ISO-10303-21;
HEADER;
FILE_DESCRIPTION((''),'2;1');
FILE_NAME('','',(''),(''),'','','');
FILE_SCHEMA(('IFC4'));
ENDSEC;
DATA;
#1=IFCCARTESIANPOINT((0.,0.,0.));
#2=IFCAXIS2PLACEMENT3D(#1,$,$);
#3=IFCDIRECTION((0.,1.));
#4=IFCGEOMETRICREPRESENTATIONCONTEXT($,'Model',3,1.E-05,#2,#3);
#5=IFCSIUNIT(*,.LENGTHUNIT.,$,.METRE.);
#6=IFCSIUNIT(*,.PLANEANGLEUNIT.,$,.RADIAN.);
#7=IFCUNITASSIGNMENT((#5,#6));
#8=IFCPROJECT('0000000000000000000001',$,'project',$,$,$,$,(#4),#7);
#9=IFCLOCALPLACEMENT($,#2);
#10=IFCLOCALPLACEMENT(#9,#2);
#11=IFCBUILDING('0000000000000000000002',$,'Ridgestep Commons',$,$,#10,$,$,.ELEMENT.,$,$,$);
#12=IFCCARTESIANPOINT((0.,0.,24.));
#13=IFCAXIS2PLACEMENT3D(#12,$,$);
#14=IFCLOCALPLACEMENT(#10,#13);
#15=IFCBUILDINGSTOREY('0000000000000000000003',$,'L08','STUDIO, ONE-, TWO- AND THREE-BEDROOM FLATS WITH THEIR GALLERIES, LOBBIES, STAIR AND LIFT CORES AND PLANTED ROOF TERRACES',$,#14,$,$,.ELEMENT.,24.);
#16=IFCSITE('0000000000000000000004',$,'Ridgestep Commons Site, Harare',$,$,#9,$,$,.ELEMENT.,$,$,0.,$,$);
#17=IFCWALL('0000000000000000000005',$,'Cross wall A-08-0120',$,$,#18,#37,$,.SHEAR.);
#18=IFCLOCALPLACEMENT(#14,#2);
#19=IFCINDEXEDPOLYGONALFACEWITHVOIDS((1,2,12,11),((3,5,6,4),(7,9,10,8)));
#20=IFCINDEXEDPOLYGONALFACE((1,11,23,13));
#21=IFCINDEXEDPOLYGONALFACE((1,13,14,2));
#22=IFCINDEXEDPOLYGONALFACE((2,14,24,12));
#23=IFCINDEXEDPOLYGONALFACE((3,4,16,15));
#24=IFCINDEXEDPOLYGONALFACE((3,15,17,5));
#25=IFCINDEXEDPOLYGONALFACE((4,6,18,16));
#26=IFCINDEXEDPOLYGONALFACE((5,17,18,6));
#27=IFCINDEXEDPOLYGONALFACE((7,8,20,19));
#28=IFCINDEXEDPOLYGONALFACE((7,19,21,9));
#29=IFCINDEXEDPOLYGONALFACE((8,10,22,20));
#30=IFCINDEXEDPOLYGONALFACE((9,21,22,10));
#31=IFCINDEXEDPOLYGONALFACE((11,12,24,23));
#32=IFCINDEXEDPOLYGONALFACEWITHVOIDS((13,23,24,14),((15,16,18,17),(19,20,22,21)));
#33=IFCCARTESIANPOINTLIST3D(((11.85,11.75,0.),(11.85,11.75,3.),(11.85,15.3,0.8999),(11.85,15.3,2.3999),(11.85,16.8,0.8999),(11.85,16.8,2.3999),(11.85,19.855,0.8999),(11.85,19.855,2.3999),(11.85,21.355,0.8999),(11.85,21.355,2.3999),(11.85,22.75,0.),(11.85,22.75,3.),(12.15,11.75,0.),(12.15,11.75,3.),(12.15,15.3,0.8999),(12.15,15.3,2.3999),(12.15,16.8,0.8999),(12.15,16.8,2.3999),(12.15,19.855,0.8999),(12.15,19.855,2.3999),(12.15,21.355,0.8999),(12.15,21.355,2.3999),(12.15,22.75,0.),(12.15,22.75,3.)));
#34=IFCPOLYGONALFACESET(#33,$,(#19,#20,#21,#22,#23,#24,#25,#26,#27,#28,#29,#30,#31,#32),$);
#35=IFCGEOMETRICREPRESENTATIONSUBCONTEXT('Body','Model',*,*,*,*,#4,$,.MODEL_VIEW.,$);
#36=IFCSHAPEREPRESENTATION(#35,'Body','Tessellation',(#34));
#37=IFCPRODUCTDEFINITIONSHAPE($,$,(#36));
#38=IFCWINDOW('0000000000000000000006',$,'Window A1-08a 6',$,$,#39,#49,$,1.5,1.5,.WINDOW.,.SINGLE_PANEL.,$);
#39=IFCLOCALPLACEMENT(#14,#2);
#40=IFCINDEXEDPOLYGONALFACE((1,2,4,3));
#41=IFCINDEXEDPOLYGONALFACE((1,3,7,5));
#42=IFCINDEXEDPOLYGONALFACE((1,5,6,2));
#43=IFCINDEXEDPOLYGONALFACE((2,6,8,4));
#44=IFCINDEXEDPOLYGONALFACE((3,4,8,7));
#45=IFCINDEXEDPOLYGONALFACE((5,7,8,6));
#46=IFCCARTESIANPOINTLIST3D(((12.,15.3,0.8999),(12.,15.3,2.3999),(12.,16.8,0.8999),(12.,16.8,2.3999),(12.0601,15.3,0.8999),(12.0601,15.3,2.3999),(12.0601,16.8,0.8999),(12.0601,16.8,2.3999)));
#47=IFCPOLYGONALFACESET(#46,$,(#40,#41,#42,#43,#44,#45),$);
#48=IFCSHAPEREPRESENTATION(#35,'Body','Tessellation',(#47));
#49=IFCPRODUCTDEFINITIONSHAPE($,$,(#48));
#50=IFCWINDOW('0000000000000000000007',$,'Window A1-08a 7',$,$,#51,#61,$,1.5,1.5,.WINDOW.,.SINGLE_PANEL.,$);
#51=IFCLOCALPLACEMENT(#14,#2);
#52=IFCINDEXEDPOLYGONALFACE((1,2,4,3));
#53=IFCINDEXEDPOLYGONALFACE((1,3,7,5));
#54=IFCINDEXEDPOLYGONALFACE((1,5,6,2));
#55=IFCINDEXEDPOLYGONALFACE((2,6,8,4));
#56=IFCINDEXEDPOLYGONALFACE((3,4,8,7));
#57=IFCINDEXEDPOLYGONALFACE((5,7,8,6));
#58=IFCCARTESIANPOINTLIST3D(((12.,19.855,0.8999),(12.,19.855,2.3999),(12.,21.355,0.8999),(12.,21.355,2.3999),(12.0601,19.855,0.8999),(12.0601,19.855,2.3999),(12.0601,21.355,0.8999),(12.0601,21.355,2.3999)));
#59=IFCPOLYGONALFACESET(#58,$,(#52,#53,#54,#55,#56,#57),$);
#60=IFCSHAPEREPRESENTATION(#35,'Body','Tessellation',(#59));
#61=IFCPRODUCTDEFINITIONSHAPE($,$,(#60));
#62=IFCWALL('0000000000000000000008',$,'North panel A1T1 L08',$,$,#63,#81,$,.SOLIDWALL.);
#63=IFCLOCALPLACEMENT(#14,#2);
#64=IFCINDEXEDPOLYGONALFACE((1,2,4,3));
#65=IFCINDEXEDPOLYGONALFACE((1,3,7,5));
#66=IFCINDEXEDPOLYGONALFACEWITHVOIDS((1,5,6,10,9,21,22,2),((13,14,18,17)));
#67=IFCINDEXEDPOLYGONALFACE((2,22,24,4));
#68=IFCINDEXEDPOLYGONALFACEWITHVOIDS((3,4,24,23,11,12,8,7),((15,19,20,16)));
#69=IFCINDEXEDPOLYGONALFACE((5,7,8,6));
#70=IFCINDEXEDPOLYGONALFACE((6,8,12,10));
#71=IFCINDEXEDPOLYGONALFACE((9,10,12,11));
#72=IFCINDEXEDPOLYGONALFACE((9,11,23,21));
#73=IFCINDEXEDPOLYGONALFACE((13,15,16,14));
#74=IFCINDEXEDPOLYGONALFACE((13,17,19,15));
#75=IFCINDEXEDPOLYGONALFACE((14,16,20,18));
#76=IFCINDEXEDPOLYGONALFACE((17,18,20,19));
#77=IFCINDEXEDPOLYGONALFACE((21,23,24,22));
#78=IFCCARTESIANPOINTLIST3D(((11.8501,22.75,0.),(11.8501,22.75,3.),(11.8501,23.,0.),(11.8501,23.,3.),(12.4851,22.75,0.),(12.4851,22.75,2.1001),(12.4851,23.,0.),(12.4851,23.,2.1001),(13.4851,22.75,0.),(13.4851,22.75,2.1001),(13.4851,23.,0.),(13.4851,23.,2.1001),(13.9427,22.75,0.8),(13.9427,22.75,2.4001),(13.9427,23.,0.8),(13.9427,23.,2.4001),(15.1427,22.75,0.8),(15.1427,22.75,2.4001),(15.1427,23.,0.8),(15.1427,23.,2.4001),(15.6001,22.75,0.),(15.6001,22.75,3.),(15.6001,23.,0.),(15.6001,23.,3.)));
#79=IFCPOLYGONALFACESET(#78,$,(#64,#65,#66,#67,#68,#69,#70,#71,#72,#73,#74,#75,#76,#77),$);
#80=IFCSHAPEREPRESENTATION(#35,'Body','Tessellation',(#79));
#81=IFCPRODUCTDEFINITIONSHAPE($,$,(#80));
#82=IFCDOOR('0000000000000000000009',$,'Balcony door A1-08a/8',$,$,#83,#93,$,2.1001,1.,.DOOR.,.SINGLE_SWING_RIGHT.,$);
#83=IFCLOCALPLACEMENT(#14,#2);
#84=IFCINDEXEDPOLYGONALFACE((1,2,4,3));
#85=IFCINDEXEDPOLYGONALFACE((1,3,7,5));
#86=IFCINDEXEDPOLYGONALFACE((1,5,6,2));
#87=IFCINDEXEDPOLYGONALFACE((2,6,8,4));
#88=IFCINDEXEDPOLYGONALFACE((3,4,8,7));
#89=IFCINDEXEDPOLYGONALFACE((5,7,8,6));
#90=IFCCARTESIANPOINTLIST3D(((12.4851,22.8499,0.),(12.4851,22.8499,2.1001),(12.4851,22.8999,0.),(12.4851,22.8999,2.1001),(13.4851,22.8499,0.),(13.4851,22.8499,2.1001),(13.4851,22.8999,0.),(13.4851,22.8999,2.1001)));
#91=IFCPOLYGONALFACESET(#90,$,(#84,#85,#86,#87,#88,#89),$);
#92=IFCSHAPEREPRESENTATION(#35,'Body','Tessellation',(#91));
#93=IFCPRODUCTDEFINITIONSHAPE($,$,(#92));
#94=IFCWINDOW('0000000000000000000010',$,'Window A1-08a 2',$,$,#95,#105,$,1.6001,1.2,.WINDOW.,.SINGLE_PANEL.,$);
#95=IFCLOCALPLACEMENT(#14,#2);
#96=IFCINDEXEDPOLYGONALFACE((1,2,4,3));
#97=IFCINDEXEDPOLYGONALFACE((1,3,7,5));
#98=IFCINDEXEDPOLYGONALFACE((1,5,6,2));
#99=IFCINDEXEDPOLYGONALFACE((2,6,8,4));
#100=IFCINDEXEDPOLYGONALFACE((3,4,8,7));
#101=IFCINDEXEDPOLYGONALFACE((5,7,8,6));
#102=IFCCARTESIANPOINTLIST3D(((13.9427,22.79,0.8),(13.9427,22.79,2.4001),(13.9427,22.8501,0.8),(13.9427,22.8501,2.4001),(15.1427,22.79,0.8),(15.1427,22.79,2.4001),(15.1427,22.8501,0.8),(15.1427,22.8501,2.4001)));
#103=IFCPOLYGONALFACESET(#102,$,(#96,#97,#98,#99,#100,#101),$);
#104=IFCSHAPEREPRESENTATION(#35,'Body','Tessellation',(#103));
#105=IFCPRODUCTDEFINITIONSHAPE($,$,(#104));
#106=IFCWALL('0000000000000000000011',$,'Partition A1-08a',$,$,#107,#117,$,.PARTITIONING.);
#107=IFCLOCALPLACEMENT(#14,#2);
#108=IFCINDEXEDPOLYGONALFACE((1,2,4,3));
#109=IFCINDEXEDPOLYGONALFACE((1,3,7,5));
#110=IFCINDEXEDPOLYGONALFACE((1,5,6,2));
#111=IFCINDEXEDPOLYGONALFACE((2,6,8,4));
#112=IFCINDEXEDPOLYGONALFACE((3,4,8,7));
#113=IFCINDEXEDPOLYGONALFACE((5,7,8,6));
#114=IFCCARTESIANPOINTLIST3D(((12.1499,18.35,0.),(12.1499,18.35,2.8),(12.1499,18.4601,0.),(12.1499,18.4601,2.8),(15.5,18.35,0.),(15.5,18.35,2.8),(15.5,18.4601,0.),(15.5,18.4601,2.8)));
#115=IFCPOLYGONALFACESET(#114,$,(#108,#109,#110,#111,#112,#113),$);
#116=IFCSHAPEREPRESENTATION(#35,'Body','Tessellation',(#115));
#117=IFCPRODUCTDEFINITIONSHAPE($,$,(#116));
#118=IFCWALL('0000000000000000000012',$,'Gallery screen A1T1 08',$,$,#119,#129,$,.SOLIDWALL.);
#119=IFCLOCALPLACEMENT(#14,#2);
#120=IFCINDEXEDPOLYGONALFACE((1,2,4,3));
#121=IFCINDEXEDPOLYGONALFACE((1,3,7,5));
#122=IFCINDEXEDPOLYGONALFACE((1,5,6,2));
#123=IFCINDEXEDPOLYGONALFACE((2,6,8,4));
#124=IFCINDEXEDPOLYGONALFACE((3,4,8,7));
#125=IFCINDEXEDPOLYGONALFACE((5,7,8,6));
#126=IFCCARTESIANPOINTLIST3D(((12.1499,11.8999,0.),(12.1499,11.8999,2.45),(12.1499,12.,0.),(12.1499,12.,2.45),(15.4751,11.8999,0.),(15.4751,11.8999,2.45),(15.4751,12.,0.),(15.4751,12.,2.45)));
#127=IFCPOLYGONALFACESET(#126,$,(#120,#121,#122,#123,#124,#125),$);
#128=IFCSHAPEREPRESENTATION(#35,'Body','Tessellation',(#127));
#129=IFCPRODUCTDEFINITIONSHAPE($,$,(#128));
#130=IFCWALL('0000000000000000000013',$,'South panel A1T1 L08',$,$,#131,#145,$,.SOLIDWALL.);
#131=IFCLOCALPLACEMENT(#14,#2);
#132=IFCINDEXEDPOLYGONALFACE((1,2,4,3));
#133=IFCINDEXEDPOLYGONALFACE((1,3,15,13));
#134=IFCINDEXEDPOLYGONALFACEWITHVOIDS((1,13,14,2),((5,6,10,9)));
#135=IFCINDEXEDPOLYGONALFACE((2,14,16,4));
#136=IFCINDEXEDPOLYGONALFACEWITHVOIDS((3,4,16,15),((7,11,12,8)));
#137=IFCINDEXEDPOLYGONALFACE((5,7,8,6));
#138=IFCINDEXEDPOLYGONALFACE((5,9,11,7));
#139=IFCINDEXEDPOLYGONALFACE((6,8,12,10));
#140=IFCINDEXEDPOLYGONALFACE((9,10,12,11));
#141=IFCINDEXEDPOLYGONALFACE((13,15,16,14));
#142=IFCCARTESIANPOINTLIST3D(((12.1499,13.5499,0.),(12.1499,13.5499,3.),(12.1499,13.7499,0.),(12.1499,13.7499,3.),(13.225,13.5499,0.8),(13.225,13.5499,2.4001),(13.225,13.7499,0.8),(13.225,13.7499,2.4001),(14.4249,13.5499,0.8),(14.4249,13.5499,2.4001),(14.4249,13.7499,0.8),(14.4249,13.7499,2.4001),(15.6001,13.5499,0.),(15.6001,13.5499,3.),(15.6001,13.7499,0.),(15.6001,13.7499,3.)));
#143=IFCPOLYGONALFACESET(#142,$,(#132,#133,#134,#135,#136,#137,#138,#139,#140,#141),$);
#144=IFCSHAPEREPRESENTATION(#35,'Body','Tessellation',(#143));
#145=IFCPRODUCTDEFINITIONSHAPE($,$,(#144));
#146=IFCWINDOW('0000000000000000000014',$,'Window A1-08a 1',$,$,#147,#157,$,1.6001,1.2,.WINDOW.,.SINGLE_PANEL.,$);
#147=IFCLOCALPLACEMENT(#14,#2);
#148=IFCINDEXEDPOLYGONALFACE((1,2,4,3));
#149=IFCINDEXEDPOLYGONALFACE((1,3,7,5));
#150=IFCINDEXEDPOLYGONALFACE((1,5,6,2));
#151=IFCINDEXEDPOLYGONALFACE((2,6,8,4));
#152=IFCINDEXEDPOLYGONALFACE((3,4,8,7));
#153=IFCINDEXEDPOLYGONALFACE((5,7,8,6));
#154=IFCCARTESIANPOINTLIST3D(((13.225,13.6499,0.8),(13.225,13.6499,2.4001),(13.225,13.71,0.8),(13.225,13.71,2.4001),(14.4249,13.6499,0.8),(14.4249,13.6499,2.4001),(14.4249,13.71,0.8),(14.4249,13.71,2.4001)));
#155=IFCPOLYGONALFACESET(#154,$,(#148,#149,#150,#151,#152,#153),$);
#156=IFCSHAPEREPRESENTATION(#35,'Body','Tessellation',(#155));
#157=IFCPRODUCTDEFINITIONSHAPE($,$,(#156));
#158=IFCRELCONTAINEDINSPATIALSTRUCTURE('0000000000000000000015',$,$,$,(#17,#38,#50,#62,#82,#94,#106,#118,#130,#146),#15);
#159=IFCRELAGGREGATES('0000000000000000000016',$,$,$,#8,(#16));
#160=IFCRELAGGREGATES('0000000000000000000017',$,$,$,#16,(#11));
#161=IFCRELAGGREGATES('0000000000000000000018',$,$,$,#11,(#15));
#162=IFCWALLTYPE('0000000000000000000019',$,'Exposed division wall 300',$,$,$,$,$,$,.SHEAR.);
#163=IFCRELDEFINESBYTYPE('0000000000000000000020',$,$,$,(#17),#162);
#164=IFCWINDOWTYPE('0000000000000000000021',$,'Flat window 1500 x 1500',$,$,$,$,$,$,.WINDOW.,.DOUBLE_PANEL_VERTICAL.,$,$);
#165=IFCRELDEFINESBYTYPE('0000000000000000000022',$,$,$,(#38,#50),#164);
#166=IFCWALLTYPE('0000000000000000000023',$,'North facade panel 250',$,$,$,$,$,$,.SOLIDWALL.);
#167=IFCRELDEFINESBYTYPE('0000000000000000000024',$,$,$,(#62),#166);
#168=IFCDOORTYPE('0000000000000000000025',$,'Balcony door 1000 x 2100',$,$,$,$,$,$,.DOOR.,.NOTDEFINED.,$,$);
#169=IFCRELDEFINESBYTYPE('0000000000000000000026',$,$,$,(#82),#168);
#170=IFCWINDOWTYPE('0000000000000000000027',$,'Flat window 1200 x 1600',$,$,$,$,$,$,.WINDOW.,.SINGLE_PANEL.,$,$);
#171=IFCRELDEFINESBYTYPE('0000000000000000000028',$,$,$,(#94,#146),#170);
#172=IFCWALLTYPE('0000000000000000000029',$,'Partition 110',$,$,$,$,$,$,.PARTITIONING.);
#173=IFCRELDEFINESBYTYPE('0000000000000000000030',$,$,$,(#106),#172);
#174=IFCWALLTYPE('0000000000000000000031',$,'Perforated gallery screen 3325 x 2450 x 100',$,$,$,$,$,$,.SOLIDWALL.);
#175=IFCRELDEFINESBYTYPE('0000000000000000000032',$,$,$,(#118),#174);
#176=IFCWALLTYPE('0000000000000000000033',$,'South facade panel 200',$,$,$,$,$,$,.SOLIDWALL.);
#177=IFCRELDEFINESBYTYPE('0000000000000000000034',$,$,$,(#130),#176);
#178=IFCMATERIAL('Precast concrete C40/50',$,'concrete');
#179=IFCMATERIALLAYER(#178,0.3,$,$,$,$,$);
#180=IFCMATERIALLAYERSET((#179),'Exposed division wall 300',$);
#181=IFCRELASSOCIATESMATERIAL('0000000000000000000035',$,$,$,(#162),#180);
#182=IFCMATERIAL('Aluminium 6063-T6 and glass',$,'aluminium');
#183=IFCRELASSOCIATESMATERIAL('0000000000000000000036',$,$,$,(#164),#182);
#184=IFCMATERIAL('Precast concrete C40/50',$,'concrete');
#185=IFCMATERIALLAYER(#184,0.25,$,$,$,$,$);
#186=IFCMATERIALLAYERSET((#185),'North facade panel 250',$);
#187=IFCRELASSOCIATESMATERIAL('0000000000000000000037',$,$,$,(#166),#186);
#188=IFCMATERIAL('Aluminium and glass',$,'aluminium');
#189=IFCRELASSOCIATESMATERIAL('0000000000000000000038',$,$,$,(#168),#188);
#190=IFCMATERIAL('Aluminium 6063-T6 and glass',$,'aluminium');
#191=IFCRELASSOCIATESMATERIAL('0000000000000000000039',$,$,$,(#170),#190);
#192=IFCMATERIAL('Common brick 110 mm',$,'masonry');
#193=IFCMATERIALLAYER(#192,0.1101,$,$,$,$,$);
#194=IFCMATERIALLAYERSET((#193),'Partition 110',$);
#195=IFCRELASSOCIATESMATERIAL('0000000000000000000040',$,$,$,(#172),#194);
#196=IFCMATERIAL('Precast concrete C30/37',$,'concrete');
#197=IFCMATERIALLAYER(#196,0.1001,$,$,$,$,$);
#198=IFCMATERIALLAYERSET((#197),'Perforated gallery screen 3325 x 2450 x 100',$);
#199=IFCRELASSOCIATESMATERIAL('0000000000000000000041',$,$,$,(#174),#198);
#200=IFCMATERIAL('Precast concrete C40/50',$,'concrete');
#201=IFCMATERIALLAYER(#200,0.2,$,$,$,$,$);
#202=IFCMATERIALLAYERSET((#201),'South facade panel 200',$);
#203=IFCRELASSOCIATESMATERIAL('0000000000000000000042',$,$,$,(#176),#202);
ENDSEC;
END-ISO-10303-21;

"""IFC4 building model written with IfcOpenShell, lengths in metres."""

from ifc_helpers import new_model, si_unit, direction, frame, frame_2d, origin, place, context, subcontext, project, spatial, rectangle, extrude, material, layer, layer_set, type_object, element, fill, save


model = new_model("IFC4")

# Units and contexts
model_context = context("Model", 3, precision=1e-05, world=origin(), true_north=direction((0.0, 1.0)))
body_context = subcontext(model_context, "Body", "Model", "MODEL_VIEW")
ifc_project = project(units=[si_unit("LENGTHUNIT", "METRE"), si_unit("PLANEANGLEUNIT", "RADIAN")], contexts=[model_context])

# Site, building, storey
site_placement = place(None, origin())
site = spatial("IfcSite", under=ifc_project, at=site_placement, Name="Ridgestep Commons Site, Harare", CompositionType="ELEMENT", RefElevation=0.0)
building_placement = place(site_placement, origin())
building = spatial("IfcBuilding", under=site, at=building_placement, Name="Ridgestep Commons", CompositionType="ELEMENT")
storey_placement = place(building_placement, frame((0.0, 0.0, 24.0)))
storey = spatial("IfcBuildingStorey", under=building, at=storey_placement, Name="L08", Description="STUDIO, ONE-, TWO- AND THREE-BEDROOM FLATS WITH THEIR GALLERIES, LOBBIES, STAIR AND LIFT CORES AND PLANTED ROOF TERRACES", CompositionType="ELEMENT", Elevation=24.0)

# Wall, openings, windows
ifc_material_1 = material(Name="Precast concrete C40/50", Category="concrete")
ifc_layer_1 = layer(ifc_material_1, 0.3)
ifc_layer_set_1 = layer_set([ifc_layer_1], Name="Exposed division wall 300")
wall_type_1 = type_object("IfcWallType", Name="Exposed division wall 300", PredefinedType="SHEAR", material=ifc_layer_set_1)
wall_1_placement = place(storey_placement, frame((12.0, 11.75, 0.0), z_axis=(0.0, 0.0, 1.0), x_axis=(0.0, 1.0, 0.0)))
wall_1 = element("IfcWall", 1, at=wall_1_placement, inside=storey, type_object=wall_type_1, Name="Cross wall A-08-0120", PredefinedType="SHEAR", context=body_context, shape_type="SweptSolid", body=[
    extrude(rectangle(XDim=11.0, YDim=0.3, at=frame_2d((5.5, 0.0))), origin(), (0.0, 0.0, 1.0), 3.0),
])
opening_1_placement = place(wall_1_placement, frame((3.55, 0.0, 0.8999)))
opening_1 = element("IfcOpeningElement", 2, at=opening_1_placement, cuts=wall_1, PredefinedType="OPENING", context=body_context, shape_type="SweptSolid", body=[
    extrude(rectangle(XDim=1.5, YDim=1.5, at=frame_2d((0.75, 0.75))), frame((0.0, 0.1599, 0.0), z_axis=(0.0, -1.0, 0.0), x_axis=(1.0, 0.0, 0.0)), (0.0, 0.0, 1.0), 0.3201),
])
opening_2_placement = place(wall_1_placement, frame((8.105, 0.0, 0.8999)))
opening_2 = element("IfcOpeningElement", 3, at=opening_2_placement, cuts=wall_1, PredefinedType="OPENING", context=body_context, shape_type="SweptSolid", body=[
    extrude(rectangle(XDim=1.5, YDim=1.5, at=frame_2d((0.75, 0.75))), frame((0.0, 0.1599, 0.0), z_axis=(0.0, -1.0, 0.0), x_axis=(1.0, 0.0, 0.0)), (0.0, 0.0, 1.0), 0.3201),
])
ifc_material_2 = material(Name="Aluminium 6063-T6 and glass", Category="aluminium")
window_type_1 = type_object("IfcWindowType", Name="Flat window 1500 x 1500", PartitioningType="DOUBLE_PANEL_VERTICAL", PredefinedType="WINDOW", material=ifc_material_2)
window_1_placement = place(opening_1_placement, origin())
window_1 = element("IfcWindow", 4, at=window_1_placement, inside=storey, type_object=window_type_1, Name="Window A1-08a 6", OverallHeight=1.5, OverallWidth=1.5, PartitioningType="SINGLE_PANEL", PredefinedType="WINDOW", context=body_context, shape_type="SweptSolid", body=[
    extrude(rectangle(XDim=1.5, YDim=1.5, at=frame_2d((0.75, 0.75))), frame((0.0, 0.0, 0.0), z_axis=(0.0, -1.0, 0.0), x_axis=(1.0, 0.0, 0.0)), (0.0, 0.0, 1.0), 0.0601),
])
fill(opening_1, window_1)
window_2_placement = place(opening_2_placement, origin())
window_2 = element("IfcWindow", 5, at=window_2_placement, inside=storey, type_object=window_type_1, Name="Window A1-08a 7", OverallHeight=1.5, OverallWidth=1.5, PartitioningType="SINGLE_PANEL", PredefinedType="WINDOW", context=body_context, shape_type="SweptSolid", body=[
    extrude(rectangle(XDim=1.5, YDim=1.5, at=frame_2d((0.75, 0.75))), frame((0.0, 0.0, 0.0), z_axis=(0.0, -1.0, 0.0), x_axis=(1.0, 0.0, 0.0)), (0.0, 0.0, 1.0), 0.0601),
])
fill(opening_2, window_2)

# Wall, openings, door, window
ifc_material_3 = material(Name="Precast concrete C40/50", Category="concrete")
ifc_layer_2 = layer(ifc_material_3, 0.25)
ifc_layer_set_2 = layer_set([ifc_layer_2], Name="North facade panel 250")
wall_type_2 = type_object("IfcWallType", Name="North facade panel 250", PredefinedType="SOLIDWALL", material=ifc_layer_set_2)
wall_2_placement = place(storey_placement, frame((11.8501, 22.875, 0.0), z_axis=(0.0, 0.0, 1.0), x_axis=(1.0, 0.0, 0.0)))
wall_2 = element("IfcWall", 6, at=wall_2_placement, inside=storey, type_object=wall_type_2, Name="North panel A1T1 L08", PredefinedType="SOLIDWALL", context=body_context, shape_type="SweptSolid", body=[
    extrude(rectangle(XDim=3.75, YDim=0.25, at=frame_2d((1.875, 0.0))), origin(), (0.0, 0.0, 1.0), 3.0),
])
opening_3_placement = place(wall_2_placement, frame((2.0925, 0.0, 0.8)))
opening_3 = element("IfcOpeningElement", 7, at=opening_3_placement, cuts=wall_2, PredefinedType="OPENING", context=body_context, shape_type="SweptSolid", body=[
    extrude(rectangle(XDim=1.2, YDim=1.6001, at=frame_2d((0.6001, 0.8))), frame((0.0, 0.135, 0.0), z_axis=(0.0, -1.0, 0.0), x_axis=(1.0, 0.0, 0.0)), (0.0, 0.0, 1.0), 0.27),
])
opening_4_placement = place(wall_2_placement, frame((0.635, 0.0, 0.0)))
opening_4 = element("IfcOpeningElement", 8, at=opening_4_placement, cuts=wall_2, PredefinedType="OPENING", context=body_context, shape_type="SweptSolid", body=[
    extrude(rectangle(XDim=1.0, YDim=2.1001, at=frame_2d((0.5, 1.05))), frame((0.0, 0.135, 0.0), z_axis=(0.0, -1.0, 0.0), x_axis=(1.0, 0.0, 0.0)), (0.0, 0.0, 1.0), 0.27),
])
ifc_material_4 = material(Name="Aluminium and glass", Category="aluminium")
door_type_1 = type_object("IfcDoorType", Name="Balcony door 1000 x 2100", OperationType="NOTDEFINED", PredefinedType="DOOR", material=ifc_material_4)
door_1_placement = place(opening_4_placement, origin())
door_1 = element("IfcDoor", 9, at=door_1_placement, inside=storey, type_object=door_type_1, Name="Balcony door A1-08a/8", OperationType="SINGLE_SWING_RIGHT", OverallHeight=2.1001, OverallWidth=1.0, PredefinedType="DOOR", context=body_context, shape_type="SweptSolid", body=[
    extrude(rectangle(XDim=1.0, YDim=2.1001, at=frame_2d((0.5, 1.05))), frame((0.0, 0.0249, 0.0), z_axis=(0.0, -1.0, 0.0), x_axis=(1.0, 0.0, 0.0)), (0.0, 0.0, 1.0), 0.05),
])
fill(opening_4, door_1)
ifc_material_5 = material(Name="Aluminium 6063-T6 and glass", Category="aluminium")
window_type_2 = type_object("IfcWindowType", Name="Flat window 1200 x 1600", PartitioningType="SINGLE_PANEL", PredefinedType="WINDOW", material=ifc_material_5)
window_3_placement = place(opening_3_placement, origin())
window_3 = element("IfcWindow", 10, at=window_3_placement, inside=storey, type_object=window_type_2, Name="Window A1-08a 2", OverallHeight=1.6001, OverallWidth=1.2, PartitioningType="SINGLE_PANEL", PredefinedType="WINDOW", context=body_context, shape_type="SweptSolid", body=[
    extrude(rectangle(XDim=1.2, YDim=1.6001, at=frame_2d((0.6001, 0.8))), frame((0.0, -0.0249, 0.0), z_axis=(0.0, -1.0, 0.0), x_axis=(1.0, 0.0, 0.0)), (0.0, 0.0, 1.0), 0.0601),
])
fill(opening_3, window_3)

# Walls
ifc_material_6 = material(Name="Common brick 110 mm", Category="masonry")
ifc_layer_3 = layer(ifc_material_6, 0.1101)
ifc_layer_set_3 = layer_set([ifc_layer_3], Name="Partition 110")
wall_type_3 = type_object("IfcWallType", Name="Partition 110", PredefinedType="PARTITIONING", material=ifc_layer_set_3)
wall_3_placement = place(storey_placement, frame((12.1499, 18.405, 0.0), z_axis=(0.0, 0.0, 1.0), x_axis=(1.0, 0.0, 0.0)))
element("IfcWall", 11, at=wall_3_placement, inside=storey, type_object=wall_type_3, Name="Partition A1-08a", PredefinedType="PARTITIONING", context=body_context, shape_type="SweptSolid", body=[
    extrude(rectangle(XDim=3.3501, YDim=0.1101, at=frame_2d((1.675, 0.0))), origin(), (0.0, 0.0, 1.0), 2.8),
])
ifc_material_7 = material(Name="Precast concrete C30/37", Category="concrete")
ifc_layer_4 = layer(ifc_material_7, 0.1001)
ifc_layer_set_4 = layer_set([ifc_layer_4], Name="Perforated gallery screen 3325 x 2450 x 100")
wall_type_4 = type_object("IfcWallType", Name="Perforated gallery screen 3325 x 2450 x 100", PredefinedType="SOLIDWALL", material=ifc_layer_set_4)
wall_4_placement = place(storey_placement, frame((12.1499, 11.95, 0.0), z_axis=(0.0, 0.0, 1.0), x_axis=(1.0, 0.0, 0.0)))
element("IfcWall", 12, at=wall_4_placement, inside=storey, type_object=wall_type_4, Name="Gallery screen A1T1 08", PredefinedType="SOLIDWALL", context=body_context, shape_type="SweptSolid", body=[
    extrude(rectangle(XDim=3.3252, YDim=0.1001, at=frame_2d((1.6626, 0.0))), origin(), (0.0, 0.0, 1.0), 2.45),
])

# Wall, opening, window
ifc_material_8 = material(Name="Precast concrete C40/50", Category="concrete")
ifc_layer_5 = layer(ifc_material_8, 0.2)
ifc_layer_set_5 = layer_set([ifc_layer_5], Name="South facade panel 200")
wall_type_5 = type_object("IfcWallType", Name="South facade panel 200", PredefinedType="SOLIDWALL", material=ifc_layer_set_5)
wall_5_placement = place(storey_placement, frame((12.1499, 13.6499, 0.0), z_axis=(0.0, 0.0, 1.0), x_axis=(1.0, 0.0, 0.0)))
wall_5 = element("IfcWall", 13, at=wall_5_placement, inside=storey, type_object=wall_type_5, Name="South panel A1T1 L08", PredefinedType="SOLIDWALL", context=body_context, shape_type="SweptSolid", body=[
    extrude(rectangle(XDim=3.4502, YDim=0.2, at=frame_2d((1.7251, 0.0))), origin(), (0.0, 0.0, 1.0), 3.0),
])
opening_5_placement = place(wall_5_placement, frame((1.075, 0.0, 0.8)))
opening_5 = element("IfcOpeningElement", 14, at=opening_5_placement, cuts=wall_5, PredefinedType="OPENING", context=body_context, shape_type="SweptSolid", body=[
    extrude(rectangle(XDim=1.2, YDim=1.6001, at=frame_2d((0.6001, 0.8))), frame((0.0, 0.1099, 0.0), z_axis=(0.0, -1.0, 0.0), x_axis=(1.0, 0.0, 0.0)), (0.0, 0.0, 1.0), 0.22),
])
window_4_placement = place(opening_5_placement, origin())
window_4 = element("IfcWindow", 15, at=window_4_placement, inside=storey, type_object=window_type_2, Name="Window A1-08a 1", OverallHeight=1.6001, OverallWidth=1.2, PartitioningType="SINGLE_PANEL", PredefinedType="WINDOW", context=body_context, shape_type="SweptSolid", body=[
    extrude(rectangle(XDim=1.2, YDim=1.6001, at=frame_2d((0.6001, 0.8))), frame((0.0, 0.0601, 0.0), z_axis=(0.0, -1.0, 0.0), x_axis=(1.0, 0.0, 0.0)), (0.0, 0.0, 1.0), 0.0601),
])
fill(opening_5, window_4)

save(model, "model.ifc")
